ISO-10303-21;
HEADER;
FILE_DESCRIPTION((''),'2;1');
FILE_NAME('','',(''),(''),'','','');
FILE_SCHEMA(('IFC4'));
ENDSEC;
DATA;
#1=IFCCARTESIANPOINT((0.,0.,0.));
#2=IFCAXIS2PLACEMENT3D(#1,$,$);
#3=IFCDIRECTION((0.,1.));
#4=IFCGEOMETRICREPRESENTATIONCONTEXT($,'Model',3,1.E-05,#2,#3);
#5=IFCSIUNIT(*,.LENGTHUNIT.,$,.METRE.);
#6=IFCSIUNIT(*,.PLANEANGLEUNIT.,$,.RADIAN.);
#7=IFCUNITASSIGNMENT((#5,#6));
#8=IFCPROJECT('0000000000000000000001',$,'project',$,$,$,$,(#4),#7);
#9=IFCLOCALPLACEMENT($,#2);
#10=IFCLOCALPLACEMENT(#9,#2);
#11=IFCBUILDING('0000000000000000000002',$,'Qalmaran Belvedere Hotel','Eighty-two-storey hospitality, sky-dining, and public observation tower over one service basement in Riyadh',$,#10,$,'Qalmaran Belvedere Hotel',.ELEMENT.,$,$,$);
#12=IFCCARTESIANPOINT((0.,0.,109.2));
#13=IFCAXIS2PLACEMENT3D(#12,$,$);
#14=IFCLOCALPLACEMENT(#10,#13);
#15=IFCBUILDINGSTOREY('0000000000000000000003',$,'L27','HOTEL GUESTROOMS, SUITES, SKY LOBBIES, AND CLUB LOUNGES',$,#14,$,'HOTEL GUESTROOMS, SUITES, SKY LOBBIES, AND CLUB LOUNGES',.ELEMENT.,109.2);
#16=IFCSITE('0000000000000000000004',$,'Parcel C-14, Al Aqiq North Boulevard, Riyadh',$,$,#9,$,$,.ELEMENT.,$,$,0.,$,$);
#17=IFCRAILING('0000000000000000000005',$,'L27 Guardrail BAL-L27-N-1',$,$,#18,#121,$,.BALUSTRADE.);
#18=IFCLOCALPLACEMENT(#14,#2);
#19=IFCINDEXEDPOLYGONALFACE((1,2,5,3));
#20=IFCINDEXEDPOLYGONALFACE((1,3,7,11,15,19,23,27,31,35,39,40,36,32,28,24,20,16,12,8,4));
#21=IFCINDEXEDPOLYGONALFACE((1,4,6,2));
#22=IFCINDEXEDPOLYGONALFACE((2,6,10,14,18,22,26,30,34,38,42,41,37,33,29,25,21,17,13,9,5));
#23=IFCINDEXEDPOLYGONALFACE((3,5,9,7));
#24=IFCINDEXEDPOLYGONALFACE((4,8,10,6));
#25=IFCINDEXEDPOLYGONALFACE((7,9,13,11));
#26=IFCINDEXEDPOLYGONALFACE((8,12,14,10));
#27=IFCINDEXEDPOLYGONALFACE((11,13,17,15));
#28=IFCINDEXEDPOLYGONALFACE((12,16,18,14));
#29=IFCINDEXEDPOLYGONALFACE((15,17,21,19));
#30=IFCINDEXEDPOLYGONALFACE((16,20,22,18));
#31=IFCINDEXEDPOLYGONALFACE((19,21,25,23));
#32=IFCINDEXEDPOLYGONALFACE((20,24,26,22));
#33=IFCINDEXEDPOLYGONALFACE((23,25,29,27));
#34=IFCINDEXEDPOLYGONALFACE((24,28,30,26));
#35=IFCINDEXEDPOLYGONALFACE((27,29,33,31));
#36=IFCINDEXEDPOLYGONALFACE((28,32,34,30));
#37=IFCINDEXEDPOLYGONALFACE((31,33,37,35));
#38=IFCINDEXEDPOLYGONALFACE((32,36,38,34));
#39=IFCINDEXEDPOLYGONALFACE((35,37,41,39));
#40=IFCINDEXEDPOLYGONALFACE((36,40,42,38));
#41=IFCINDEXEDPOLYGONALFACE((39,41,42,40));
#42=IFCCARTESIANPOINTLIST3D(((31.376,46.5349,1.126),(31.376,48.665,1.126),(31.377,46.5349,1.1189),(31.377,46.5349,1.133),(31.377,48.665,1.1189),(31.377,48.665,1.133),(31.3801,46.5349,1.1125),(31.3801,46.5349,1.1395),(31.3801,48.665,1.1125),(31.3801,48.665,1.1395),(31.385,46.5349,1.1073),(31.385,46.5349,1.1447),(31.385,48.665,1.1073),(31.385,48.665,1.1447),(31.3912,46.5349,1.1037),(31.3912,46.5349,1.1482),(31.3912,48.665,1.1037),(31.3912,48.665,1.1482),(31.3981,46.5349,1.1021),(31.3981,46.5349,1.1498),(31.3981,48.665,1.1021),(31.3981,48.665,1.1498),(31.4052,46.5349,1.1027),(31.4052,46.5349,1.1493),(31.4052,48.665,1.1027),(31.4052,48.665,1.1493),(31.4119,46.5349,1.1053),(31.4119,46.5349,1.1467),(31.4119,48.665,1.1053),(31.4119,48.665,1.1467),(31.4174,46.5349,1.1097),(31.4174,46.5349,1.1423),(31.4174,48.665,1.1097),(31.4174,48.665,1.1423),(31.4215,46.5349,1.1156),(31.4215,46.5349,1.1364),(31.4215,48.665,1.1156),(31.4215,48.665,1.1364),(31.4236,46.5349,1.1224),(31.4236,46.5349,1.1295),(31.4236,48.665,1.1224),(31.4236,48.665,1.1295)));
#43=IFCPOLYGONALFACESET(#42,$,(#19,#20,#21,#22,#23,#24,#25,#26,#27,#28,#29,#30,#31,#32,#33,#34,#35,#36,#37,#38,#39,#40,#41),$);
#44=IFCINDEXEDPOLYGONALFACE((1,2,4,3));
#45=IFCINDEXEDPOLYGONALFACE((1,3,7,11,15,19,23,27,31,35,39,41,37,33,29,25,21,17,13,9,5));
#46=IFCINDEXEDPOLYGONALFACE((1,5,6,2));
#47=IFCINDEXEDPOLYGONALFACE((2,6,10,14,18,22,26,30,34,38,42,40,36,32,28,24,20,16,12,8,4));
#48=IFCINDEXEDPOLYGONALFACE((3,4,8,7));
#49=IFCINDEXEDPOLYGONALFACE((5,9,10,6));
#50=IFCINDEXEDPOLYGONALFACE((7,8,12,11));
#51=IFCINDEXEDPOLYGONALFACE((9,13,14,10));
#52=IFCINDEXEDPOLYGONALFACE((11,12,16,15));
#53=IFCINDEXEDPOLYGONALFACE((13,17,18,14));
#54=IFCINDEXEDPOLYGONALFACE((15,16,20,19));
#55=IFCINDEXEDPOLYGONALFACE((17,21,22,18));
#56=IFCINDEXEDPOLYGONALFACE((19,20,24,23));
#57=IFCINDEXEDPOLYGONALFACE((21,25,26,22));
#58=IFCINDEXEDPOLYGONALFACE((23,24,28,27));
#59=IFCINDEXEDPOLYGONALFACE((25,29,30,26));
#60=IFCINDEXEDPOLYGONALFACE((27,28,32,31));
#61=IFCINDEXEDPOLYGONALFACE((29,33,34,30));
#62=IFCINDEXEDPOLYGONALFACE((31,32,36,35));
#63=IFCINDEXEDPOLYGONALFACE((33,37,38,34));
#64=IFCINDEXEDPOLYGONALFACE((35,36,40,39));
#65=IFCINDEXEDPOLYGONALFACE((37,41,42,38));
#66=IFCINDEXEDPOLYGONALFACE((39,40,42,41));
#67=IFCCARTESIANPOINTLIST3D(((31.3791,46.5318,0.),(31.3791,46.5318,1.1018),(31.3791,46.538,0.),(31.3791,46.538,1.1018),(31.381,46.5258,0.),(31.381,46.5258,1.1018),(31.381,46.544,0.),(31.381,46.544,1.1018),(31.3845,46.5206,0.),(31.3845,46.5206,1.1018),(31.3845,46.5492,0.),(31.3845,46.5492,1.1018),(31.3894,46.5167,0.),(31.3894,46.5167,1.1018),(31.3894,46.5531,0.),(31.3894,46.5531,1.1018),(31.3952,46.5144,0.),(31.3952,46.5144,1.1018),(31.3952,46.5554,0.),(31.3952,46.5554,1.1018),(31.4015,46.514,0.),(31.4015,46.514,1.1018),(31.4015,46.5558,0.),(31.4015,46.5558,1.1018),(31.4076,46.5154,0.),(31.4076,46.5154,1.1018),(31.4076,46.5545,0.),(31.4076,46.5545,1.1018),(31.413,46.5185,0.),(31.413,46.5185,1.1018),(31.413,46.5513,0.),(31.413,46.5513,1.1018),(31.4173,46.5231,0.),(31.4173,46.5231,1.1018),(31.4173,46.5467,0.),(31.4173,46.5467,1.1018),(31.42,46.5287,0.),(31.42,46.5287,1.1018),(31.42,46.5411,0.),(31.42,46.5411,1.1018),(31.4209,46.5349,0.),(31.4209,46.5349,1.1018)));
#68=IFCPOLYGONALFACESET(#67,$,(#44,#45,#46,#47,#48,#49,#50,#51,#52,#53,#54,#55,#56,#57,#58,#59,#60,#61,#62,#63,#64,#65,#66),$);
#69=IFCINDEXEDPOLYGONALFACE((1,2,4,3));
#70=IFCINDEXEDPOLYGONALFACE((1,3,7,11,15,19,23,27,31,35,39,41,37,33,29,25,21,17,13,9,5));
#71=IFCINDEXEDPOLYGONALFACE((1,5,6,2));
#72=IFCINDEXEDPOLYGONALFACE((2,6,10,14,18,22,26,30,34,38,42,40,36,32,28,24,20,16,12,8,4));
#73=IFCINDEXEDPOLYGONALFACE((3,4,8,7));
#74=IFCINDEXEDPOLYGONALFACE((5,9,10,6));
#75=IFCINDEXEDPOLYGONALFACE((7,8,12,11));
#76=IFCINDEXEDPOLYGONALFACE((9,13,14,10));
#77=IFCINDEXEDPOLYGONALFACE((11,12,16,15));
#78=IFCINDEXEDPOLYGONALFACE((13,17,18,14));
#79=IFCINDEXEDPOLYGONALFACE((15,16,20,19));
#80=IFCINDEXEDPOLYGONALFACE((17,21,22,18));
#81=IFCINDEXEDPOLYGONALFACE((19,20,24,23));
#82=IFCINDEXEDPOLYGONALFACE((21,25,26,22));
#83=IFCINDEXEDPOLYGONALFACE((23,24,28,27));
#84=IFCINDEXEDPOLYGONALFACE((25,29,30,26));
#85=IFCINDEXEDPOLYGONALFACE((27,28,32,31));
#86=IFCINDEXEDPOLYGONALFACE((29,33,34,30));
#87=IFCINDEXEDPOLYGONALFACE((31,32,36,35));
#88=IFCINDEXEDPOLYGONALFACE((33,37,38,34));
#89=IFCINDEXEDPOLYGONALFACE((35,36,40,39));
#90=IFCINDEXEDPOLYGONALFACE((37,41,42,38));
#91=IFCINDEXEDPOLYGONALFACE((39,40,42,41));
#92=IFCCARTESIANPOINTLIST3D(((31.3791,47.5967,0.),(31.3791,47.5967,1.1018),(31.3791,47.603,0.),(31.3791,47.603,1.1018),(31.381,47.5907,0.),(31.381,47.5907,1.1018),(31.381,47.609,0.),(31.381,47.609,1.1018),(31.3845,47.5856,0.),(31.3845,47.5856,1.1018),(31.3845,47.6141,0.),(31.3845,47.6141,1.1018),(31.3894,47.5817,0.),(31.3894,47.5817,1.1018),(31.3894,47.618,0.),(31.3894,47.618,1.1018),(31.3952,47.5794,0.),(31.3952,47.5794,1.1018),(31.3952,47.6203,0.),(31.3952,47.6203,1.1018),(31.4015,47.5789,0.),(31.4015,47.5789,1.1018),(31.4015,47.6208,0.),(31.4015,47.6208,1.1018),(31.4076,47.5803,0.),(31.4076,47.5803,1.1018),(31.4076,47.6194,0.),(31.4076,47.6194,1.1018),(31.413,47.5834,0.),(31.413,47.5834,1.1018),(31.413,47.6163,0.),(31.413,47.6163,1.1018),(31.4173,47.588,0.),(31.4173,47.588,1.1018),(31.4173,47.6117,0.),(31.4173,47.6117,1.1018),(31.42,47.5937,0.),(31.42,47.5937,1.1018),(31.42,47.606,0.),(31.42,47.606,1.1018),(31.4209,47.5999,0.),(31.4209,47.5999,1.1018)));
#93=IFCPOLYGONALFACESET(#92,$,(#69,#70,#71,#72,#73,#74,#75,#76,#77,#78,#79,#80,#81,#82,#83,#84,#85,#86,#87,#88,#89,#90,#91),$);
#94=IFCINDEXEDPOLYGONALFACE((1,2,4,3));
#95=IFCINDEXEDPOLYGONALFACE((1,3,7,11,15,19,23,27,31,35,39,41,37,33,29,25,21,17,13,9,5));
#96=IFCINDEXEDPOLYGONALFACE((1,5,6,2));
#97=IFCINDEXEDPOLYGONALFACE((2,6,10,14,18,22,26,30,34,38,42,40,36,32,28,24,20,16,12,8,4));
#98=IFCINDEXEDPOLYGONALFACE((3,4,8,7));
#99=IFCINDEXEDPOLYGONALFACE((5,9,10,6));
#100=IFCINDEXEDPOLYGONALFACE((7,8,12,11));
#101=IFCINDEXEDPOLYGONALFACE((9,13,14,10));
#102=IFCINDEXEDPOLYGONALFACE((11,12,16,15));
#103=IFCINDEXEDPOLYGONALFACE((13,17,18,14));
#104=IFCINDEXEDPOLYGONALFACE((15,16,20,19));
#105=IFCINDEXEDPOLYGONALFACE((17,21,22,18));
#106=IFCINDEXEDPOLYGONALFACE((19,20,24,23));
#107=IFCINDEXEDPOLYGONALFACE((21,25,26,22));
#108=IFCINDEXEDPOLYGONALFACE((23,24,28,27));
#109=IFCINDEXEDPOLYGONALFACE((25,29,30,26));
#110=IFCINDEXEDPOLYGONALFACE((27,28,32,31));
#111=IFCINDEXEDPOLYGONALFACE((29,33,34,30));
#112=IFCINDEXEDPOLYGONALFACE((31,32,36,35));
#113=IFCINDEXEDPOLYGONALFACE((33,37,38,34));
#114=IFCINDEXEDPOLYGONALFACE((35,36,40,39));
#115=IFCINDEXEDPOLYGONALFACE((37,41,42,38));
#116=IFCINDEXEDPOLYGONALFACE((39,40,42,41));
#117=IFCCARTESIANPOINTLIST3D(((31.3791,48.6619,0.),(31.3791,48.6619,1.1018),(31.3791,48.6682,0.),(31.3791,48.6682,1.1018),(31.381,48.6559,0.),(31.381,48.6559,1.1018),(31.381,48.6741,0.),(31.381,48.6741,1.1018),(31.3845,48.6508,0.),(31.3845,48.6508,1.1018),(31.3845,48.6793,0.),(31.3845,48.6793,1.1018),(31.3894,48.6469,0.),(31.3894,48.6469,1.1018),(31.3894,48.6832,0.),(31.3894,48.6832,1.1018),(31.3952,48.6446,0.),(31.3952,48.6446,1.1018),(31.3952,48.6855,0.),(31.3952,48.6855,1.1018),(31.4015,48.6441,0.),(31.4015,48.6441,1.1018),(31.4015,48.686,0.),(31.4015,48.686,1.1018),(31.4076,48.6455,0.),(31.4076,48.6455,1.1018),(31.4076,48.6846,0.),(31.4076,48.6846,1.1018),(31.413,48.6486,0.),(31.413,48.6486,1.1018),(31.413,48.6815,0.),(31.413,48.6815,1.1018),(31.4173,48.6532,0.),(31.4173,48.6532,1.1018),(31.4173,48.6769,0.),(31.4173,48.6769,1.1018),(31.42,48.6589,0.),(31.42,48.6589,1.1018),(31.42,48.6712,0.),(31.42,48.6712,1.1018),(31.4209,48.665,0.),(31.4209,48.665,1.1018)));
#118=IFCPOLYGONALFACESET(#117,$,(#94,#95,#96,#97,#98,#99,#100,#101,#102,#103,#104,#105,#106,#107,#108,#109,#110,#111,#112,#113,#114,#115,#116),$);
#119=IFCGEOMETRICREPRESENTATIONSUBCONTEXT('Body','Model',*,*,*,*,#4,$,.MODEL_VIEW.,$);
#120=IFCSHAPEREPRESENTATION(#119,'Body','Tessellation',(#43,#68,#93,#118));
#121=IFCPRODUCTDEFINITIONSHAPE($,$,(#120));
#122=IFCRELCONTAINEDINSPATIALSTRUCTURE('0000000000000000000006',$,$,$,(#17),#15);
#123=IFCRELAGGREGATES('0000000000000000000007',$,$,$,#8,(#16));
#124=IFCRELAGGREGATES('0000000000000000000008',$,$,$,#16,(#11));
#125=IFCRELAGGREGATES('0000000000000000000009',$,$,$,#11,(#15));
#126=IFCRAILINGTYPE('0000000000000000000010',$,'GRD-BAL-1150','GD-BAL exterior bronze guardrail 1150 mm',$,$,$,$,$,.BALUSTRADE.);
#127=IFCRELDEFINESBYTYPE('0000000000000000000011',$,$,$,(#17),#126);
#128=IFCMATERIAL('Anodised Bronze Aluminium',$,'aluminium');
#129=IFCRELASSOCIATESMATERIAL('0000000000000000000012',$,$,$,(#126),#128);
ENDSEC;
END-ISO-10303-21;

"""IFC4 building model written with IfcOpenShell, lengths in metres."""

from ifc_helpers import new_model, si_unit, direction, frame, origin, origin_2d, place, context, subcontext, project, spatial, circle, extrude, material, type_object, element, save


model = new_model("IFC4")

# Units and contexts
model_context = context("Model", 3, precision=1e-05, world=origin(), true_north=direction((0.0, 1.0)))
body_context = subcontext(model_context, "Body", "Model", "MODEL_VIEW")
ifc_project = project(units=[si_unit("LENGTHUNIT", "METRE"), si_unit("PLANEANGLEUNIT", "RADIAN")], contexts=[model_context])

# Site, building, storey
site_placement = place(None, origin())
site = spatial("IfcSite", under=ifc_project, at=site_placement, Name="Parcel C-14, Al Aqiq North Boulevard, Riyadh", CompositionType="ELEMENT", RefElevation=0.0)
building_placement = place(site_placement, origin())
building = spatial("IfcBuilding", under=site, at=building_placement, Name="Qalmaran Belvedere Hotel", Description="Eighty-two-storey hospitality, sky-dining, and public observation tower over one service basement in Riyadh", LongName="Qalmaran Belvedere Hotel", CompositionType="ELEMENT")
storey_placement = place(building_placement, frame((0.0, 0.0, 109.2)))
storey = spatial("IfcBuildingStorey", under=building, at=storey_placement, Name="L27", Description="HOTEL GUESTROOMS, SUITES, SKY LOBBIES, AND CLUB LOUNGES", LongName="HOTEL GUESTROOMS, SUITES, SKY LOBBIES, AND CLUB LOUNGES", CompositionType="ELEMENT", Elevation=109.2)

# Shared definitions
ifc_material_1 = material(Name="Anodised Bronze Aluminium", Category="aluminium")

# Railing
railing_type = type_object("IfcRailingType", Name="GRD-BAL-1150", Description="GD-BAL exterior bronze guardrail 1150 mm", PredefinedType="BALUSTRADE", material=ifc_material_1)
railing_1_placement = place(storey_placement, frame((31.3999, 46.5349, 0.0)))
element("IfcRailing", 1, at=railing_1_placement, inside=storey, type_object=railing_type, Name="L27 Guardrail BAL-L27-N-1", PredefinedType="BALUSTRADE", context=body_context, shape_type="SweptSolid", body=[
    extrude(circle(Radius=0.0239, at=origin_2d()), frame((0.0, 0.0, 1.126), z_axis=(0.0, 1.0, 0.0), x_axis=(-1.0, 0.0, 0.0)), (0.0, 0.0, 1.0), 2.1301),
    extrude(circle(Radius=0.021, at=origin_2d()), origin(), (0.0, 0.0, 1.0), 1.1018),
    extrude(circle(Radius=0.021, at=origin_2d()), frame((0.0, 1.0649, 0.0)), (0.0, 0.0, 1.0), 1.1018),
    extrude(circle(Radius=0.021, at=origin_2d()), frame((0.0, 2.1301, 0.0)), (0.0, 0.0, 1.0), 1.1018),
])

save(model, "model.ifc")
